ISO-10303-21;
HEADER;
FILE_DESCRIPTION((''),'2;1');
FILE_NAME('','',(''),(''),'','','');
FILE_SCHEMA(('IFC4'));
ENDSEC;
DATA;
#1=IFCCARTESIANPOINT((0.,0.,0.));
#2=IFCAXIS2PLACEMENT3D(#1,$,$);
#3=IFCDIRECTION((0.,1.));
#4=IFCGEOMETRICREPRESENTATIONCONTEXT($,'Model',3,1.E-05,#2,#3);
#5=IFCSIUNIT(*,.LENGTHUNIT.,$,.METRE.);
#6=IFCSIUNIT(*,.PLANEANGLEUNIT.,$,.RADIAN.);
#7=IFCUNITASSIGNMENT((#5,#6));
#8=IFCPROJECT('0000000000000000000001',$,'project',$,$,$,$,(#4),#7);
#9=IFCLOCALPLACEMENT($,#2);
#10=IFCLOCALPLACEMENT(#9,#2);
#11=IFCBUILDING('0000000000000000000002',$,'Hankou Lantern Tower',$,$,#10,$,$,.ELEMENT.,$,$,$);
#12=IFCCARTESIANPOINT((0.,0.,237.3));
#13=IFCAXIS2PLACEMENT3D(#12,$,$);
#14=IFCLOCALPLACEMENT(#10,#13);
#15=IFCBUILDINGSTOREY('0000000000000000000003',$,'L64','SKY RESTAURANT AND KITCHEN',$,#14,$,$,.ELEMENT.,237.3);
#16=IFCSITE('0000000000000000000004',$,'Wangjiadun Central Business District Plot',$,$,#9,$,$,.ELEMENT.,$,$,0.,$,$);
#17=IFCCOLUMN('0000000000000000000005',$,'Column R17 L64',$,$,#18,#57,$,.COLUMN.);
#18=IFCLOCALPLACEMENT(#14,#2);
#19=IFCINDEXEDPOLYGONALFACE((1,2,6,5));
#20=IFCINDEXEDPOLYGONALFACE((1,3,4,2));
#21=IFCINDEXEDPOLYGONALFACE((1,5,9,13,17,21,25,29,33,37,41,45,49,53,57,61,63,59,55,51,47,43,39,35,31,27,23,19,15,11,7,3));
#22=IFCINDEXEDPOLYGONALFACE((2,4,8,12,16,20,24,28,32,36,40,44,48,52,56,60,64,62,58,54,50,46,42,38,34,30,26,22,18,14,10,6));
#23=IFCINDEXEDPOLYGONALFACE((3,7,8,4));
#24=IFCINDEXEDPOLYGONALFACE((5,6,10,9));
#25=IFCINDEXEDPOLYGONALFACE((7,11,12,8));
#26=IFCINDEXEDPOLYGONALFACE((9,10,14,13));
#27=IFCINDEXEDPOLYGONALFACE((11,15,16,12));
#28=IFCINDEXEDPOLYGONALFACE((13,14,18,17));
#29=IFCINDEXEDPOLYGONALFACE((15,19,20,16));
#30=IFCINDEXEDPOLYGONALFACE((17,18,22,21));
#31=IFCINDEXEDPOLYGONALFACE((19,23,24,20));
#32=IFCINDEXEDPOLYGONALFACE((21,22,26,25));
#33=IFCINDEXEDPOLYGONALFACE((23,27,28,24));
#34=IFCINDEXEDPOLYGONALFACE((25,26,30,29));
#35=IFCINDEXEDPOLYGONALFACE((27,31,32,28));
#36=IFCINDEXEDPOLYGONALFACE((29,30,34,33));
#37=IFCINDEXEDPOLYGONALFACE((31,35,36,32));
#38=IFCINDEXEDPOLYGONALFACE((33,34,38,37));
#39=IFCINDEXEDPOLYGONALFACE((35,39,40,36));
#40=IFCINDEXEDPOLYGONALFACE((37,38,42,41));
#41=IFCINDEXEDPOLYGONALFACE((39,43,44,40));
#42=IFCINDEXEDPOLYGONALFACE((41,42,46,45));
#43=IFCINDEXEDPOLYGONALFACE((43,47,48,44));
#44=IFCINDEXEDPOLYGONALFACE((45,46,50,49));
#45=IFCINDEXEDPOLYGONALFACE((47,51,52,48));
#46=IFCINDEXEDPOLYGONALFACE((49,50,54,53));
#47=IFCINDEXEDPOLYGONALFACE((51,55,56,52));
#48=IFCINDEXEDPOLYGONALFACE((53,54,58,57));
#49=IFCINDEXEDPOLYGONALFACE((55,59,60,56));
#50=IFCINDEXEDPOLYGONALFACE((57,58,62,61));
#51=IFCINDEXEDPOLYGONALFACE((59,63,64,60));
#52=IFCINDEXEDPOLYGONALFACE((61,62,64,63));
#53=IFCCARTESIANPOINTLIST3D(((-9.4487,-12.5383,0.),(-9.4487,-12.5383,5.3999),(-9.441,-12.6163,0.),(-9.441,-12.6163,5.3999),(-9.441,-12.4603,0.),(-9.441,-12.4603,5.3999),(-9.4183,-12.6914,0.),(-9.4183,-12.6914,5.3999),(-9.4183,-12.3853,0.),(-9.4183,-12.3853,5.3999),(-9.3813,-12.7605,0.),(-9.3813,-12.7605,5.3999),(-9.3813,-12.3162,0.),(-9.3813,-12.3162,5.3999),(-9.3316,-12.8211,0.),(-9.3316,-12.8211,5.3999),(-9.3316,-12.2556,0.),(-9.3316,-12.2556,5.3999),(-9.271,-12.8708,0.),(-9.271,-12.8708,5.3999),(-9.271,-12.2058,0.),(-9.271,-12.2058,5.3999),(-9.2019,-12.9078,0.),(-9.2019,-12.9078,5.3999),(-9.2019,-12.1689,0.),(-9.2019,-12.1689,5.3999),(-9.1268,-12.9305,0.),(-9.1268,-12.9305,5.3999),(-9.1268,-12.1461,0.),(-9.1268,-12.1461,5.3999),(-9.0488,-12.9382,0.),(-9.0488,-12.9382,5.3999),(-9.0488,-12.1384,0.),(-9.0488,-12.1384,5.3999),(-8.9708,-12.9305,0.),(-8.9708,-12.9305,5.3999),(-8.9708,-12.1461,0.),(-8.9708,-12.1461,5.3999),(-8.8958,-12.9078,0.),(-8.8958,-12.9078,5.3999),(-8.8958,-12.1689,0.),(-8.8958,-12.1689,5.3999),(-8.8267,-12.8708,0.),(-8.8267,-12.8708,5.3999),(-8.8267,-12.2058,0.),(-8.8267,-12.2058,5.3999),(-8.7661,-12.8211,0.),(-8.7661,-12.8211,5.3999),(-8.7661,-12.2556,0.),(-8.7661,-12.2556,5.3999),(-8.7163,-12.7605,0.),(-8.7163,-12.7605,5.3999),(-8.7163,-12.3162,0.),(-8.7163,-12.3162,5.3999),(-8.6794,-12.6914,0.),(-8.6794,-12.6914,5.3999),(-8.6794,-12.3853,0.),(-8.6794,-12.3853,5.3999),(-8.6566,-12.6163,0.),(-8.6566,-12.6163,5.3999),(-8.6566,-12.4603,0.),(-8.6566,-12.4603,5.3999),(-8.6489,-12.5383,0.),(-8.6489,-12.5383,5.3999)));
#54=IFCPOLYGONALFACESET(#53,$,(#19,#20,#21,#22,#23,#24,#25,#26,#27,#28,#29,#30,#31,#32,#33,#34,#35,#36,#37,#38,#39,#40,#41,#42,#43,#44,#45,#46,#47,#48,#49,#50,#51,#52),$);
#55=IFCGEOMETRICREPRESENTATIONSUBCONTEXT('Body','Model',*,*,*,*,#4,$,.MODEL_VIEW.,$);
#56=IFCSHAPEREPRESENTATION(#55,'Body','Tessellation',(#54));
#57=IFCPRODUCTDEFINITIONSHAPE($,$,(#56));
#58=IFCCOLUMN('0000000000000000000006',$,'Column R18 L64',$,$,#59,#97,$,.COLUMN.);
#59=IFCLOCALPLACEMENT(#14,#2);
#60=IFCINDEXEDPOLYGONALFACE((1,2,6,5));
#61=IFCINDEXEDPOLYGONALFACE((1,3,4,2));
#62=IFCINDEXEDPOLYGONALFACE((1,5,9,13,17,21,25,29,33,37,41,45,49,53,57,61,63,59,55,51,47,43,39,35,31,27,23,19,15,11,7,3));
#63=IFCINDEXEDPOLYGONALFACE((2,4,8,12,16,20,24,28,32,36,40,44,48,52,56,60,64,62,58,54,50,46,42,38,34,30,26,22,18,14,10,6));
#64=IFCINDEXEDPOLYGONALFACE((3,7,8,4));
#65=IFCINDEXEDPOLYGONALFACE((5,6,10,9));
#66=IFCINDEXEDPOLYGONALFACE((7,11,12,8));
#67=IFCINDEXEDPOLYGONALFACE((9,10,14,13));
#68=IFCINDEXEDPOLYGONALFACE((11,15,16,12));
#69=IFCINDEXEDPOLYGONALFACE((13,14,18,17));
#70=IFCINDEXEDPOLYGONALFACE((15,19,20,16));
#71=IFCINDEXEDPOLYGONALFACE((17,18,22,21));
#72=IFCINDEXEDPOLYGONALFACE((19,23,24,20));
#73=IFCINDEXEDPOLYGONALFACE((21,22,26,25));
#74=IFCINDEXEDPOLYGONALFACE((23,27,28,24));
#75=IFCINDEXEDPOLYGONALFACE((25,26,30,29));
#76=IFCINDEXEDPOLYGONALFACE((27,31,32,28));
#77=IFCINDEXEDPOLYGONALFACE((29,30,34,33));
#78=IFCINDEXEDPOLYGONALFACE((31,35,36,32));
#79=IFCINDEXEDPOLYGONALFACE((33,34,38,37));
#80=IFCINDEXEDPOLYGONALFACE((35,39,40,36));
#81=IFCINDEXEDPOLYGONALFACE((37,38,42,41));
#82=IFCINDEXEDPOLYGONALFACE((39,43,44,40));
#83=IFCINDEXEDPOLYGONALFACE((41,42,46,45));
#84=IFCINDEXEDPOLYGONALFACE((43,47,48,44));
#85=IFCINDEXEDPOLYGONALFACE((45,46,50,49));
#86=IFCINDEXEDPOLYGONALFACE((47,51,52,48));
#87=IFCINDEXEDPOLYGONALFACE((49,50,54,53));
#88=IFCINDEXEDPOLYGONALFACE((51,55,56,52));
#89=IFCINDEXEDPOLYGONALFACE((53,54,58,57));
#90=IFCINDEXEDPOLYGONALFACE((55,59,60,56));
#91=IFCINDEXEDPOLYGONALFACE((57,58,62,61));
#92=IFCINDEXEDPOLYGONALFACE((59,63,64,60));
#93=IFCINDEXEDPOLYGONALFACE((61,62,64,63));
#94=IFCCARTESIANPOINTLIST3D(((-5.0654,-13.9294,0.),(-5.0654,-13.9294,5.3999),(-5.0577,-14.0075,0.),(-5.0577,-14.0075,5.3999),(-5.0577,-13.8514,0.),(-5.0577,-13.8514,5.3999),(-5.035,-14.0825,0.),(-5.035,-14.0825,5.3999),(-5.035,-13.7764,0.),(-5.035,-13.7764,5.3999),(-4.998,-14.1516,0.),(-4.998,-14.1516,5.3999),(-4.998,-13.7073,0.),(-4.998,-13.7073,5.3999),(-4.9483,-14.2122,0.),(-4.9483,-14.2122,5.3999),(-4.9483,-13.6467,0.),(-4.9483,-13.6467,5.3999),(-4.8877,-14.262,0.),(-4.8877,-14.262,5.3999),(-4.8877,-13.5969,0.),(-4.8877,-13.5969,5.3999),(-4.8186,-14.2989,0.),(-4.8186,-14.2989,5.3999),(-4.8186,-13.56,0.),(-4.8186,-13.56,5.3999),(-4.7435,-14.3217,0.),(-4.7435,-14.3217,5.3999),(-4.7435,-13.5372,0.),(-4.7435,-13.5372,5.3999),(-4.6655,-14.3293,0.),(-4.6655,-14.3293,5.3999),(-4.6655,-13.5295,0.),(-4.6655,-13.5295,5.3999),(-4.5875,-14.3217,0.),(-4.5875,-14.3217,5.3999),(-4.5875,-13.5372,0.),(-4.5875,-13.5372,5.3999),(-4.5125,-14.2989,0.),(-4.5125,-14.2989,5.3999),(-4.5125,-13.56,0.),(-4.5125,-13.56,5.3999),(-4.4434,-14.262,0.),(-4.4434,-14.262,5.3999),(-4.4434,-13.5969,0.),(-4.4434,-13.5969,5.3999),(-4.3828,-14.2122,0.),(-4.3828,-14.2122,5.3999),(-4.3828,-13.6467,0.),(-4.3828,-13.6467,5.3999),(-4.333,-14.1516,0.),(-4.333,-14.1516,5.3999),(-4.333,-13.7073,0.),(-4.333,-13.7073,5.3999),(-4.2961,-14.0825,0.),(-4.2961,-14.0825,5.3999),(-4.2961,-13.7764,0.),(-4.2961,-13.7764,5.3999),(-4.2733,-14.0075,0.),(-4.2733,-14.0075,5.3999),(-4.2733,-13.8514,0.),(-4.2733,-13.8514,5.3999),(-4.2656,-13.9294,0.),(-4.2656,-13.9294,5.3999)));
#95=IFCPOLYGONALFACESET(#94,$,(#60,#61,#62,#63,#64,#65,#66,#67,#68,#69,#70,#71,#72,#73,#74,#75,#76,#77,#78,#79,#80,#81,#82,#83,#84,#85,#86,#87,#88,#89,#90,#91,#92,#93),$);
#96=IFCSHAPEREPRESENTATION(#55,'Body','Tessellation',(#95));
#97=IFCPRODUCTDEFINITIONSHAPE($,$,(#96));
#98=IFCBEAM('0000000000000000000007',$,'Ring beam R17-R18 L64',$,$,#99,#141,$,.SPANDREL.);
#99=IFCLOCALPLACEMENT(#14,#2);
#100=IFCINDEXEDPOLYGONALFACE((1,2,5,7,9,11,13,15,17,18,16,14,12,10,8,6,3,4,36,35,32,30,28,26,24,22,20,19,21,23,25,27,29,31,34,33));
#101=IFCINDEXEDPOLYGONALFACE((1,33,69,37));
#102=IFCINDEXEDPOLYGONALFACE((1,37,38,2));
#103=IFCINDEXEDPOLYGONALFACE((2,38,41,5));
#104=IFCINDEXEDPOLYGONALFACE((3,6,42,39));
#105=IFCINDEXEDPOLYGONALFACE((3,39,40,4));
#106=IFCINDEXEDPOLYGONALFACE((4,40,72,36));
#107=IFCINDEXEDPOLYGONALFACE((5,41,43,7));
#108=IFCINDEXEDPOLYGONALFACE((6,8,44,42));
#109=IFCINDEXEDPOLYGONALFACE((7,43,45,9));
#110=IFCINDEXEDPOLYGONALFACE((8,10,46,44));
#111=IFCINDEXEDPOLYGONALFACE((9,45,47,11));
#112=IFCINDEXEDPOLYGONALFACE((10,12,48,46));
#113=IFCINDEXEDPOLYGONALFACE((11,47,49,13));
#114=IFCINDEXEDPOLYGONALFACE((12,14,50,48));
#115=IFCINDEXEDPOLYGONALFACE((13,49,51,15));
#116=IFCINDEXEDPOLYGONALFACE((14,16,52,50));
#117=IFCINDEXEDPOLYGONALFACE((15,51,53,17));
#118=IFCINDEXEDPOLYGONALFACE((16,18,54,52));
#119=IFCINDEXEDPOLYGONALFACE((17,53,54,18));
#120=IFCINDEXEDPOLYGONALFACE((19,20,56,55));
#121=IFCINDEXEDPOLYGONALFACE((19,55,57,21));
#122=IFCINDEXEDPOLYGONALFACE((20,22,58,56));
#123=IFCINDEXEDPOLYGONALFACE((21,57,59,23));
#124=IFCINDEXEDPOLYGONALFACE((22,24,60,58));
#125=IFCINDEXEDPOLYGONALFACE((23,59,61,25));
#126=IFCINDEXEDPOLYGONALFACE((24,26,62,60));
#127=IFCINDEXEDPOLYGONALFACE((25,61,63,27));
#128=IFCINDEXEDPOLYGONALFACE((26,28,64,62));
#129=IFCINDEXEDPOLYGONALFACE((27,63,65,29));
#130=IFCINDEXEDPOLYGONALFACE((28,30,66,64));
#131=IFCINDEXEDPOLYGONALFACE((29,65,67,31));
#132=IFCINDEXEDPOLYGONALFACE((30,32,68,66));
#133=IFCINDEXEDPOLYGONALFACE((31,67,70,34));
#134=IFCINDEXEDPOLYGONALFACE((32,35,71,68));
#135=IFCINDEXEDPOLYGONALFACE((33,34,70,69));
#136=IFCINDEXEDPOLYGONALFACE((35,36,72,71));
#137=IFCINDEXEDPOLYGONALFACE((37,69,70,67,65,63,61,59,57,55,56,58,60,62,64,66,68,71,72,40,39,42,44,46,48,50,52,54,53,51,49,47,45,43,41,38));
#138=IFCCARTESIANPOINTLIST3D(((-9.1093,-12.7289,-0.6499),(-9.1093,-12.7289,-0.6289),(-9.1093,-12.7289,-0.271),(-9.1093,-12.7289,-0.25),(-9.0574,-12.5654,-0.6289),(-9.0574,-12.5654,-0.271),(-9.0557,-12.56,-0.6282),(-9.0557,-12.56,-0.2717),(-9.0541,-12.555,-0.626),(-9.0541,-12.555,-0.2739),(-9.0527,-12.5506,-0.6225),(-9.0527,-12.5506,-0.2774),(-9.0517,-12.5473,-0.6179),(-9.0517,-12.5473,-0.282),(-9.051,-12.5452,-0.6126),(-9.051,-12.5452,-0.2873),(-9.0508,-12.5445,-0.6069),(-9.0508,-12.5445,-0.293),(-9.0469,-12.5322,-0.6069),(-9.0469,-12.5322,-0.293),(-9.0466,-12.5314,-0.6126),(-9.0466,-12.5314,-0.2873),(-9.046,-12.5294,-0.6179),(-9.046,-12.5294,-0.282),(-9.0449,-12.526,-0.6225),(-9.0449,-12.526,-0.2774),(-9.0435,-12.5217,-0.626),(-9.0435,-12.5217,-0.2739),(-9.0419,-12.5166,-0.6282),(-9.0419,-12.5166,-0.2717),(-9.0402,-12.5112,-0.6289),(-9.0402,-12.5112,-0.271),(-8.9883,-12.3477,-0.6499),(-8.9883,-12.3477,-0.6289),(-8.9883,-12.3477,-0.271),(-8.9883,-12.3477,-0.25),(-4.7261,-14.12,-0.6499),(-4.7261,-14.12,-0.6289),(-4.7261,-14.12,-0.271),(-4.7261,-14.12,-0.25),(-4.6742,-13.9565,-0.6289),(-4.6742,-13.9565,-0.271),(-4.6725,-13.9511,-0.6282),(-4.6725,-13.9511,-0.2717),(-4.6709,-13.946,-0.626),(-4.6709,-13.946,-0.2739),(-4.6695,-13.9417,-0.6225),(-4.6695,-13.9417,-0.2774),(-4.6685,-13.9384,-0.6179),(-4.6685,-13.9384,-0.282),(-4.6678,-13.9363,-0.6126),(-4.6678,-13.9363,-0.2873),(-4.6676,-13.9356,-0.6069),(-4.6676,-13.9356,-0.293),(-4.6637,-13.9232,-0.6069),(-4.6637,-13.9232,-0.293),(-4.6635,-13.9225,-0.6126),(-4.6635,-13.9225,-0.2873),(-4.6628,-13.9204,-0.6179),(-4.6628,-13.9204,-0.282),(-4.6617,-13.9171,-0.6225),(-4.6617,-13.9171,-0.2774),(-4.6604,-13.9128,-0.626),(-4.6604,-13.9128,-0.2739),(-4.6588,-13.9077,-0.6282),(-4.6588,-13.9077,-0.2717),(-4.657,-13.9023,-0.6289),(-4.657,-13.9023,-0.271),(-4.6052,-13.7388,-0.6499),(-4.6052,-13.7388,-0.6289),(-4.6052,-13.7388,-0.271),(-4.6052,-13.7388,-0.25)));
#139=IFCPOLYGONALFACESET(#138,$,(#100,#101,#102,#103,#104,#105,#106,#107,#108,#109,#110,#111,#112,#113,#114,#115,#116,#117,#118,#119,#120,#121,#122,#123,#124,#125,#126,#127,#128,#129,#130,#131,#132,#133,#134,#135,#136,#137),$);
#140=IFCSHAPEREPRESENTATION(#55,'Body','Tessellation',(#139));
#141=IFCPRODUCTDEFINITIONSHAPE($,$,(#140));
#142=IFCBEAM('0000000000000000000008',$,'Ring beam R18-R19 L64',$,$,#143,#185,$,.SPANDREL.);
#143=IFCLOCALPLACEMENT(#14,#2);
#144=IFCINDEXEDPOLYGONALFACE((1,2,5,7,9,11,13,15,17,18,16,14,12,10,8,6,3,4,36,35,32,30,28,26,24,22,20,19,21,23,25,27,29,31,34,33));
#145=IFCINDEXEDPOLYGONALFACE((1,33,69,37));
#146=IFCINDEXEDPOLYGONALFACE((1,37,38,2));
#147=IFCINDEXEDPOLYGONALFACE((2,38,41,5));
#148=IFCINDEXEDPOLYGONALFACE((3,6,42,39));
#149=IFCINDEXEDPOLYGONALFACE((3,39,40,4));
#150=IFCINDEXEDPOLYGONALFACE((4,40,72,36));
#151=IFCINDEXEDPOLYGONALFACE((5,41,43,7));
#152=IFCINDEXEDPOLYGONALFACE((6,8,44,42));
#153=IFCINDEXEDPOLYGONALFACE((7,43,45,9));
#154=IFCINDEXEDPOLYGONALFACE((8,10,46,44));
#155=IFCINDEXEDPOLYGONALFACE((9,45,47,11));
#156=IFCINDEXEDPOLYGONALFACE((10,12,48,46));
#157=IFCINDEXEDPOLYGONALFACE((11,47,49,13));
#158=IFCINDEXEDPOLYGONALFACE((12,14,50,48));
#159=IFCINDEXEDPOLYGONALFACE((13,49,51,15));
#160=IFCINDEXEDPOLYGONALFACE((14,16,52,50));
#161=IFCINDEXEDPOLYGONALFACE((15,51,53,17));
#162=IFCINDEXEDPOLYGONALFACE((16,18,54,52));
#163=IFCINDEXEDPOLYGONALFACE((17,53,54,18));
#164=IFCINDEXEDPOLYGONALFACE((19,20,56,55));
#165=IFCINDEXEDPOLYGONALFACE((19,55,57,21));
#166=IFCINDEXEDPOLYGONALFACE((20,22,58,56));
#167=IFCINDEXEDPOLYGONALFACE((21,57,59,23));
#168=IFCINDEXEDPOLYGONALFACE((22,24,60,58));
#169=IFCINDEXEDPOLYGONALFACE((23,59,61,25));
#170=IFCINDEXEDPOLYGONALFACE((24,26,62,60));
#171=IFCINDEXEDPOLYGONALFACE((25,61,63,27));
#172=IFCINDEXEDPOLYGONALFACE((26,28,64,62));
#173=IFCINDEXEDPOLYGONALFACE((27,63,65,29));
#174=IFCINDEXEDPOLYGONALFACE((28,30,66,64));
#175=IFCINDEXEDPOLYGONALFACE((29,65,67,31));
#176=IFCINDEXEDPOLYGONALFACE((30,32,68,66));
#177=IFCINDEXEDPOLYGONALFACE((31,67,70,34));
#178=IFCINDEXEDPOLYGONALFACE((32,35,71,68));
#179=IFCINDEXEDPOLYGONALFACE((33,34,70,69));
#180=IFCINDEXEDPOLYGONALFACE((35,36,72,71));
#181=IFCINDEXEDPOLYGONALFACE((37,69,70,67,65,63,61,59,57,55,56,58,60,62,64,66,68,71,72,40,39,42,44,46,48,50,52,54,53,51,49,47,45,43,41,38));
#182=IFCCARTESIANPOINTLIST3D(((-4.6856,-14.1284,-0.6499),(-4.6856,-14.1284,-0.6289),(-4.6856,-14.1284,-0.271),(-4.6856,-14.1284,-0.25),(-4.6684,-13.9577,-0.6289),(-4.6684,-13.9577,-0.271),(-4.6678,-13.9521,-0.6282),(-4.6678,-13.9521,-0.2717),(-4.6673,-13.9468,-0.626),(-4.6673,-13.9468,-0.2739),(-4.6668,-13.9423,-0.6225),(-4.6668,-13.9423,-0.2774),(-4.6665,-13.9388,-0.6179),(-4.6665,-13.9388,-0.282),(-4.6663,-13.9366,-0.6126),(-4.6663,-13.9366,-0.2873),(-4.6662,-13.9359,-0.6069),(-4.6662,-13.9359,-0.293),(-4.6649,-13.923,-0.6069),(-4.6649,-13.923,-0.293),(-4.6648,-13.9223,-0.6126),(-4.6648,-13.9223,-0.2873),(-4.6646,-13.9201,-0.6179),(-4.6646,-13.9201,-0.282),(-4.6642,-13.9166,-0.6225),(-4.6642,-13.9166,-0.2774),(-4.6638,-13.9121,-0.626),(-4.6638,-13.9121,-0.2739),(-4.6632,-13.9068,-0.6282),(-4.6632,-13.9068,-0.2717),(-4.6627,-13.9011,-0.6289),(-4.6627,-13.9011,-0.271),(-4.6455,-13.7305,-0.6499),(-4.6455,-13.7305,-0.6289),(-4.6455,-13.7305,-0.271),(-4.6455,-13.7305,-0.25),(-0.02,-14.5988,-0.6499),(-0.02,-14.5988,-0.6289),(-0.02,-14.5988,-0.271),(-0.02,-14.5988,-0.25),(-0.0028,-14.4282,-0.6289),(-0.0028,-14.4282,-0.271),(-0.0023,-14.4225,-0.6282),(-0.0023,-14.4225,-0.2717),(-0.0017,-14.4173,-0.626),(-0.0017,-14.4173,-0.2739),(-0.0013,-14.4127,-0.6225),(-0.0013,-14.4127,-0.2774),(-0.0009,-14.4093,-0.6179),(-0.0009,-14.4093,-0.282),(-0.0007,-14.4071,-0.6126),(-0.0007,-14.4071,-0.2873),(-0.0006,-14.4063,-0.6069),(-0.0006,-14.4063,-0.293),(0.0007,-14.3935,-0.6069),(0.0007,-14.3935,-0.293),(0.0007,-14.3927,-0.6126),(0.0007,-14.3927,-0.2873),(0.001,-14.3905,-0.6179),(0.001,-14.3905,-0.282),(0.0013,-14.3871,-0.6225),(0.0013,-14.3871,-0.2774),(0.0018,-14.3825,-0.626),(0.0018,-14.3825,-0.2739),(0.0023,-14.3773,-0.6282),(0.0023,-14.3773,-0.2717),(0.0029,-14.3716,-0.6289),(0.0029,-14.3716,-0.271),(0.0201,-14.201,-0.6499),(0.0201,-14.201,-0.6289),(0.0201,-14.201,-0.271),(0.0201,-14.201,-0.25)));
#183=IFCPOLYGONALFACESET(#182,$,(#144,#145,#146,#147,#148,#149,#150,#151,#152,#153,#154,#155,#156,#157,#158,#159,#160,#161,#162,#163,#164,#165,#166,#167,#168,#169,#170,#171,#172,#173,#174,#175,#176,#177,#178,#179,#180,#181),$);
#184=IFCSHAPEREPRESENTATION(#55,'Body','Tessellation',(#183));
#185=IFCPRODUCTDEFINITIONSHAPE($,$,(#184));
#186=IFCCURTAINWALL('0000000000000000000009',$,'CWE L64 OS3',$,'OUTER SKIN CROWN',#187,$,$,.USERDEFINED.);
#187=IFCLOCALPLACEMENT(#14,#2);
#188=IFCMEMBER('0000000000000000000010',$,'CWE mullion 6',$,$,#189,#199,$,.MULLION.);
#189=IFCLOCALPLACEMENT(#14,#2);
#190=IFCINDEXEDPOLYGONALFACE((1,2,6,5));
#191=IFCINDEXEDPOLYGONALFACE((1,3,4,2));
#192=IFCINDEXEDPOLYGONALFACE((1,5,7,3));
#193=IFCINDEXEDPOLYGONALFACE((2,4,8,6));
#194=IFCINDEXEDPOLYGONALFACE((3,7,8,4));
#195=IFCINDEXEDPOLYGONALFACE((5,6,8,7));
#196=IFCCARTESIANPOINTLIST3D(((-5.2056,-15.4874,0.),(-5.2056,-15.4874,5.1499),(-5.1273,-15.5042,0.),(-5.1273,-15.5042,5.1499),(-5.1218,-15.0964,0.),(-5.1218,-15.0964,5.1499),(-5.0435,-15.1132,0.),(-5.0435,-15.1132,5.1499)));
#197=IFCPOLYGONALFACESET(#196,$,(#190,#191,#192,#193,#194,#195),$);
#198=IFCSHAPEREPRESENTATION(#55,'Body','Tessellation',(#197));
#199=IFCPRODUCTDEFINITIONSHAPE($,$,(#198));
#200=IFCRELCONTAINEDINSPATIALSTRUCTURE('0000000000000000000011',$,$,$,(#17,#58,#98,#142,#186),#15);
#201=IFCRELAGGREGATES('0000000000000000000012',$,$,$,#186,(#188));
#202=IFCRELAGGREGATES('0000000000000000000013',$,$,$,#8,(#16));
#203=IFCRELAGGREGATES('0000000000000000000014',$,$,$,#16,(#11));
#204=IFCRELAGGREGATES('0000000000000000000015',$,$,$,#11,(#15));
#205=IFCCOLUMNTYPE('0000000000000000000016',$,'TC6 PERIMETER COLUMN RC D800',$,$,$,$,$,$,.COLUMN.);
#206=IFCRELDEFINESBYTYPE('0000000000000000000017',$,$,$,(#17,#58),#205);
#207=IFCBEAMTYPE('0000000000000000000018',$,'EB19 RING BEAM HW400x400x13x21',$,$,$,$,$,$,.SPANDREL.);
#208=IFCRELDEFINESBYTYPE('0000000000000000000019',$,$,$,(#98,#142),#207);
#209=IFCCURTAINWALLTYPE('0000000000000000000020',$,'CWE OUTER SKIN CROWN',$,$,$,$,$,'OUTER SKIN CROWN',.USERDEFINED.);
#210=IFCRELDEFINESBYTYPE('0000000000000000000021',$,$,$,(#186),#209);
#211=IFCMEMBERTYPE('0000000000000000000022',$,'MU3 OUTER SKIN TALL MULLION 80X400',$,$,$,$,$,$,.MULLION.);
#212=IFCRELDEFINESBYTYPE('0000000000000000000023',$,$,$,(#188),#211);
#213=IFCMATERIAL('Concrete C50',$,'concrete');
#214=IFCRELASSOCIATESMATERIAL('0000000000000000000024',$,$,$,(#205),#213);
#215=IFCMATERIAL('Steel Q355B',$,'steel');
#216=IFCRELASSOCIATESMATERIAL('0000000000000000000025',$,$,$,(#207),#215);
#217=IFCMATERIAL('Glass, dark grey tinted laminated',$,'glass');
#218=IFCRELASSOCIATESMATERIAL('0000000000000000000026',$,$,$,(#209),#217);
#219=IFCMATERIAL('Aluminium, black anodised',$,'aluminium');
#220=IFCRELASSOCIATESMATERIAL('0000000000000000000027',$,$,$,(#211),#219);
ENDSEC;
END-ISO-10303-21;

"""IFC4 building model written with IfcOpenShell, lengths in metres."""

from ifc_helpers import new_model, si_unit, direction, frame, origin, origin_2d, place, context, subcontext, project, spatial, rectangle, circle, i_section, extrude, material, material_profile, profile_set, type_object, element, aggregate, save


model = new_model("IFC4")

# Units and contexts
model_context = context("Model", 3, precision=1e-05, world=origin(), true_north=direction((0.0, 1.0)))
body_context = subcontext(model_context, "Body", "Model", "MODEL_VIEW")
ifc_project = project(units=[si_unit("LENGTHUNIT", "METRE"), si_unit("PLANEANGLEUNIT", "RADIAN")], contexts=[model_context])

# Site, building, storey
site_placement = place(None, origin())
site = spatial("IfcSite", under=ifc_project, at=site_placement, Name="Wangjiadun Central Business District Plot", CompositionType="ELEMENT", RefElevation=0.0)
building_placement = place(site_placement, origin())
building = spatial("IfcBuilding", under=site, at=building_placement, Name="Hankou Lantern Tower", CompositionType="ELEMENT")
storey_placement = place(building_placement, frame((0.0, 0.0, 237.3)))
storey = spatial("IfcBuildingStorey", under=building, at=storey_placement, Name="L64", Description="SKY RESTAURANT AND KITCHEN", CompositionType="ELEMENT", Elevation=237.3)

# Columns
ifc_material_1 = material(Name="Concrete C50", Category="concrete")
ifc_material_profile_1 = material_profile(ifc_material_1, circle(Radius=0.3999, at=origin_2d()), Name="RC D800")
ifc_profile_set_1 = profile_set([ifc_material_profile_1], Name="Concrete C50")
column_type = type_object("IfcColumnType", Name="TC6 PERIMETER COLUMN RC D800", PredefinedType="COLUMN", material=ifc_profile_set_1)
for number, where, z_axis, x_axis, name in (
    (1, (-9.0488, -12.5383, 0.0), (0.0, 0.0, 1.0), (1.0, 0.0, 0.0), "Column R17 L64"),
    (2, (-4.6655, -13.9294, 0.0), (0.0, 0.0, 1.0), (1.0, 0.0, 0.0), "Column R18 L64"),
):
    element("IfcColumn", number, at=place(storey_placement, frame(where, z_axis=z_axis, x_axis=x_axis)), inside=storey, type_object=column_type, Name=name, PredefinedType="COLUMN", context=body_context, shape_type="SweptSolid", body=[
        extrude(circle(Radius=0.3999, at=origin_2d()), origin(), (0.0, 0.0, 1.0), 5.3999),
    ])

# Beams
ifc_material_2 = material(Name="Steel Q355B", Category="steel")
ifc_material_profile_2 = material_profile(ifc_material_2, i_section(OverallWidth=0.3999, OverallDepth=0.3999, WebThickness=0.0129, FlangeThickness=0.021, FilletRadius=0.022, at=origin_2d()), Name="HW400x400x13x21")
ifc_profile_set_2 = profile_set([ifc_material_profile_2], Name="Steel Q355B")
beam_type_1 = type_object("IfcBeamType", Name="EB19 RING BEAM HW400x400x13x21", PredefinedType="SPANDREL", material=ifc_profile_set_2)
beam_1_placement = place(storey_placement, frame((-9.0488, -12.5383, -0.45), z_axis=(0.95315, -0.302498, 0.0), x_axis=(0.302498, 0.95315, 0.0)))
element("IfcBeam", 3, at=beam_1_placement, inside=storey, type_object=beam_type_1, Name="Ring beam R17-R18 L64", PredefinedType="SPANDREL", context=body_context, shape_type="SweptSolid", body=[
    extrude(i_section(OverallWidth=0.3999, OverallDepth=0.3999, WebThickness=0.0129, FlangeThickness=0.021, FilletRadius=0.022, at=origin_2d()), origin(), (0.0, 0.0, 1.0), 4.5986),
])
beam_2_placement = place(storey_placement, frame((-4.6655, -13.9294, -0.45), z_axis=(0.994954, -0.100328, 0.0), x_axis=(0.100328, 0.994954, 0.0)))
element("IfcBeam", 4, at=beam_2_placement, inside=storey, type_object=beam_type_1, Name="Ring beam R18-R19 L64", PredefinedType="SPANDREL", context=body_context, shape_type="SweptSolid", body=[
    extrude(i_section(OverallWidth=0.3999, OverallDepth=0.3999, WebThickness=0.0129, FlangeThickness=0.021, FilletRadius=0.022, at=origin_2d()), origin(), (0.0, 0.0, 1.0), 4.6892),
])

# Curtain wall, member
ifc_material_3 = material(Name="Glass, dark grey tinted laminated", Category="glass")
curtain_wall_type = type_object("IfcCurtainWallType", Name="CWE OUTER SKIN CROWN", ElementType="OUTER SKIN CROWN", PredefinedType="USERDEFINED", material=ifc_material_3)
curtain_wall_placement = place(storey_placement, origin())
curtain_wall = element("IfcCurtainWall", 5, at=curtain_wall_placement, inside=storey, type_object=curtain_wall_type, Name="CWE L64 OS3", ObjectType="OUTER SKIN CROWN", PredefinedType="USERDEFINED")
ifc_material_4 = material(Name="Aluminium, black anodised", Category="aluminium")
ifc_material_profile_3 = material_profile(ifc_material_4, rectangle(XDim=0.0801, YDim=0.3999, at=origin_2d()), Name="MU3 80X400")
ifc_profile_set_3 = profile_set([ifc_material_profile_3], Name="Aluminium, black anodised")
member_type_1 = type_object("IfcMemberType", Name="MU3 OUTER SKIN TALL MULLION 80X400", PredefinedType="MULLION", material=ifc_profile_set_3)
member_1_placement = place(storey_placement, frame((-5.1245, -15.3003, 0.0), z_axis=(0.0, 0.0, 1.0), x_axis=(0.977788, -0.209598, 0.0)))
member_1 = element("IfcMember", 6, at=member_1_placement, type_object=member_type_1, Name="CWE mullion 6", PredefinedType="MULLION", context=body_context, shape_type="SweptSolid", body=[
    extrude(rectangle(XDim=0.0801, YDim=0.3999, at=origin_2d()), origin(), (0.0, 0.0, 1.0), 5.1499),
])

aggregate(curtain_wall, [member_1])

save(model, "model.ifc")
